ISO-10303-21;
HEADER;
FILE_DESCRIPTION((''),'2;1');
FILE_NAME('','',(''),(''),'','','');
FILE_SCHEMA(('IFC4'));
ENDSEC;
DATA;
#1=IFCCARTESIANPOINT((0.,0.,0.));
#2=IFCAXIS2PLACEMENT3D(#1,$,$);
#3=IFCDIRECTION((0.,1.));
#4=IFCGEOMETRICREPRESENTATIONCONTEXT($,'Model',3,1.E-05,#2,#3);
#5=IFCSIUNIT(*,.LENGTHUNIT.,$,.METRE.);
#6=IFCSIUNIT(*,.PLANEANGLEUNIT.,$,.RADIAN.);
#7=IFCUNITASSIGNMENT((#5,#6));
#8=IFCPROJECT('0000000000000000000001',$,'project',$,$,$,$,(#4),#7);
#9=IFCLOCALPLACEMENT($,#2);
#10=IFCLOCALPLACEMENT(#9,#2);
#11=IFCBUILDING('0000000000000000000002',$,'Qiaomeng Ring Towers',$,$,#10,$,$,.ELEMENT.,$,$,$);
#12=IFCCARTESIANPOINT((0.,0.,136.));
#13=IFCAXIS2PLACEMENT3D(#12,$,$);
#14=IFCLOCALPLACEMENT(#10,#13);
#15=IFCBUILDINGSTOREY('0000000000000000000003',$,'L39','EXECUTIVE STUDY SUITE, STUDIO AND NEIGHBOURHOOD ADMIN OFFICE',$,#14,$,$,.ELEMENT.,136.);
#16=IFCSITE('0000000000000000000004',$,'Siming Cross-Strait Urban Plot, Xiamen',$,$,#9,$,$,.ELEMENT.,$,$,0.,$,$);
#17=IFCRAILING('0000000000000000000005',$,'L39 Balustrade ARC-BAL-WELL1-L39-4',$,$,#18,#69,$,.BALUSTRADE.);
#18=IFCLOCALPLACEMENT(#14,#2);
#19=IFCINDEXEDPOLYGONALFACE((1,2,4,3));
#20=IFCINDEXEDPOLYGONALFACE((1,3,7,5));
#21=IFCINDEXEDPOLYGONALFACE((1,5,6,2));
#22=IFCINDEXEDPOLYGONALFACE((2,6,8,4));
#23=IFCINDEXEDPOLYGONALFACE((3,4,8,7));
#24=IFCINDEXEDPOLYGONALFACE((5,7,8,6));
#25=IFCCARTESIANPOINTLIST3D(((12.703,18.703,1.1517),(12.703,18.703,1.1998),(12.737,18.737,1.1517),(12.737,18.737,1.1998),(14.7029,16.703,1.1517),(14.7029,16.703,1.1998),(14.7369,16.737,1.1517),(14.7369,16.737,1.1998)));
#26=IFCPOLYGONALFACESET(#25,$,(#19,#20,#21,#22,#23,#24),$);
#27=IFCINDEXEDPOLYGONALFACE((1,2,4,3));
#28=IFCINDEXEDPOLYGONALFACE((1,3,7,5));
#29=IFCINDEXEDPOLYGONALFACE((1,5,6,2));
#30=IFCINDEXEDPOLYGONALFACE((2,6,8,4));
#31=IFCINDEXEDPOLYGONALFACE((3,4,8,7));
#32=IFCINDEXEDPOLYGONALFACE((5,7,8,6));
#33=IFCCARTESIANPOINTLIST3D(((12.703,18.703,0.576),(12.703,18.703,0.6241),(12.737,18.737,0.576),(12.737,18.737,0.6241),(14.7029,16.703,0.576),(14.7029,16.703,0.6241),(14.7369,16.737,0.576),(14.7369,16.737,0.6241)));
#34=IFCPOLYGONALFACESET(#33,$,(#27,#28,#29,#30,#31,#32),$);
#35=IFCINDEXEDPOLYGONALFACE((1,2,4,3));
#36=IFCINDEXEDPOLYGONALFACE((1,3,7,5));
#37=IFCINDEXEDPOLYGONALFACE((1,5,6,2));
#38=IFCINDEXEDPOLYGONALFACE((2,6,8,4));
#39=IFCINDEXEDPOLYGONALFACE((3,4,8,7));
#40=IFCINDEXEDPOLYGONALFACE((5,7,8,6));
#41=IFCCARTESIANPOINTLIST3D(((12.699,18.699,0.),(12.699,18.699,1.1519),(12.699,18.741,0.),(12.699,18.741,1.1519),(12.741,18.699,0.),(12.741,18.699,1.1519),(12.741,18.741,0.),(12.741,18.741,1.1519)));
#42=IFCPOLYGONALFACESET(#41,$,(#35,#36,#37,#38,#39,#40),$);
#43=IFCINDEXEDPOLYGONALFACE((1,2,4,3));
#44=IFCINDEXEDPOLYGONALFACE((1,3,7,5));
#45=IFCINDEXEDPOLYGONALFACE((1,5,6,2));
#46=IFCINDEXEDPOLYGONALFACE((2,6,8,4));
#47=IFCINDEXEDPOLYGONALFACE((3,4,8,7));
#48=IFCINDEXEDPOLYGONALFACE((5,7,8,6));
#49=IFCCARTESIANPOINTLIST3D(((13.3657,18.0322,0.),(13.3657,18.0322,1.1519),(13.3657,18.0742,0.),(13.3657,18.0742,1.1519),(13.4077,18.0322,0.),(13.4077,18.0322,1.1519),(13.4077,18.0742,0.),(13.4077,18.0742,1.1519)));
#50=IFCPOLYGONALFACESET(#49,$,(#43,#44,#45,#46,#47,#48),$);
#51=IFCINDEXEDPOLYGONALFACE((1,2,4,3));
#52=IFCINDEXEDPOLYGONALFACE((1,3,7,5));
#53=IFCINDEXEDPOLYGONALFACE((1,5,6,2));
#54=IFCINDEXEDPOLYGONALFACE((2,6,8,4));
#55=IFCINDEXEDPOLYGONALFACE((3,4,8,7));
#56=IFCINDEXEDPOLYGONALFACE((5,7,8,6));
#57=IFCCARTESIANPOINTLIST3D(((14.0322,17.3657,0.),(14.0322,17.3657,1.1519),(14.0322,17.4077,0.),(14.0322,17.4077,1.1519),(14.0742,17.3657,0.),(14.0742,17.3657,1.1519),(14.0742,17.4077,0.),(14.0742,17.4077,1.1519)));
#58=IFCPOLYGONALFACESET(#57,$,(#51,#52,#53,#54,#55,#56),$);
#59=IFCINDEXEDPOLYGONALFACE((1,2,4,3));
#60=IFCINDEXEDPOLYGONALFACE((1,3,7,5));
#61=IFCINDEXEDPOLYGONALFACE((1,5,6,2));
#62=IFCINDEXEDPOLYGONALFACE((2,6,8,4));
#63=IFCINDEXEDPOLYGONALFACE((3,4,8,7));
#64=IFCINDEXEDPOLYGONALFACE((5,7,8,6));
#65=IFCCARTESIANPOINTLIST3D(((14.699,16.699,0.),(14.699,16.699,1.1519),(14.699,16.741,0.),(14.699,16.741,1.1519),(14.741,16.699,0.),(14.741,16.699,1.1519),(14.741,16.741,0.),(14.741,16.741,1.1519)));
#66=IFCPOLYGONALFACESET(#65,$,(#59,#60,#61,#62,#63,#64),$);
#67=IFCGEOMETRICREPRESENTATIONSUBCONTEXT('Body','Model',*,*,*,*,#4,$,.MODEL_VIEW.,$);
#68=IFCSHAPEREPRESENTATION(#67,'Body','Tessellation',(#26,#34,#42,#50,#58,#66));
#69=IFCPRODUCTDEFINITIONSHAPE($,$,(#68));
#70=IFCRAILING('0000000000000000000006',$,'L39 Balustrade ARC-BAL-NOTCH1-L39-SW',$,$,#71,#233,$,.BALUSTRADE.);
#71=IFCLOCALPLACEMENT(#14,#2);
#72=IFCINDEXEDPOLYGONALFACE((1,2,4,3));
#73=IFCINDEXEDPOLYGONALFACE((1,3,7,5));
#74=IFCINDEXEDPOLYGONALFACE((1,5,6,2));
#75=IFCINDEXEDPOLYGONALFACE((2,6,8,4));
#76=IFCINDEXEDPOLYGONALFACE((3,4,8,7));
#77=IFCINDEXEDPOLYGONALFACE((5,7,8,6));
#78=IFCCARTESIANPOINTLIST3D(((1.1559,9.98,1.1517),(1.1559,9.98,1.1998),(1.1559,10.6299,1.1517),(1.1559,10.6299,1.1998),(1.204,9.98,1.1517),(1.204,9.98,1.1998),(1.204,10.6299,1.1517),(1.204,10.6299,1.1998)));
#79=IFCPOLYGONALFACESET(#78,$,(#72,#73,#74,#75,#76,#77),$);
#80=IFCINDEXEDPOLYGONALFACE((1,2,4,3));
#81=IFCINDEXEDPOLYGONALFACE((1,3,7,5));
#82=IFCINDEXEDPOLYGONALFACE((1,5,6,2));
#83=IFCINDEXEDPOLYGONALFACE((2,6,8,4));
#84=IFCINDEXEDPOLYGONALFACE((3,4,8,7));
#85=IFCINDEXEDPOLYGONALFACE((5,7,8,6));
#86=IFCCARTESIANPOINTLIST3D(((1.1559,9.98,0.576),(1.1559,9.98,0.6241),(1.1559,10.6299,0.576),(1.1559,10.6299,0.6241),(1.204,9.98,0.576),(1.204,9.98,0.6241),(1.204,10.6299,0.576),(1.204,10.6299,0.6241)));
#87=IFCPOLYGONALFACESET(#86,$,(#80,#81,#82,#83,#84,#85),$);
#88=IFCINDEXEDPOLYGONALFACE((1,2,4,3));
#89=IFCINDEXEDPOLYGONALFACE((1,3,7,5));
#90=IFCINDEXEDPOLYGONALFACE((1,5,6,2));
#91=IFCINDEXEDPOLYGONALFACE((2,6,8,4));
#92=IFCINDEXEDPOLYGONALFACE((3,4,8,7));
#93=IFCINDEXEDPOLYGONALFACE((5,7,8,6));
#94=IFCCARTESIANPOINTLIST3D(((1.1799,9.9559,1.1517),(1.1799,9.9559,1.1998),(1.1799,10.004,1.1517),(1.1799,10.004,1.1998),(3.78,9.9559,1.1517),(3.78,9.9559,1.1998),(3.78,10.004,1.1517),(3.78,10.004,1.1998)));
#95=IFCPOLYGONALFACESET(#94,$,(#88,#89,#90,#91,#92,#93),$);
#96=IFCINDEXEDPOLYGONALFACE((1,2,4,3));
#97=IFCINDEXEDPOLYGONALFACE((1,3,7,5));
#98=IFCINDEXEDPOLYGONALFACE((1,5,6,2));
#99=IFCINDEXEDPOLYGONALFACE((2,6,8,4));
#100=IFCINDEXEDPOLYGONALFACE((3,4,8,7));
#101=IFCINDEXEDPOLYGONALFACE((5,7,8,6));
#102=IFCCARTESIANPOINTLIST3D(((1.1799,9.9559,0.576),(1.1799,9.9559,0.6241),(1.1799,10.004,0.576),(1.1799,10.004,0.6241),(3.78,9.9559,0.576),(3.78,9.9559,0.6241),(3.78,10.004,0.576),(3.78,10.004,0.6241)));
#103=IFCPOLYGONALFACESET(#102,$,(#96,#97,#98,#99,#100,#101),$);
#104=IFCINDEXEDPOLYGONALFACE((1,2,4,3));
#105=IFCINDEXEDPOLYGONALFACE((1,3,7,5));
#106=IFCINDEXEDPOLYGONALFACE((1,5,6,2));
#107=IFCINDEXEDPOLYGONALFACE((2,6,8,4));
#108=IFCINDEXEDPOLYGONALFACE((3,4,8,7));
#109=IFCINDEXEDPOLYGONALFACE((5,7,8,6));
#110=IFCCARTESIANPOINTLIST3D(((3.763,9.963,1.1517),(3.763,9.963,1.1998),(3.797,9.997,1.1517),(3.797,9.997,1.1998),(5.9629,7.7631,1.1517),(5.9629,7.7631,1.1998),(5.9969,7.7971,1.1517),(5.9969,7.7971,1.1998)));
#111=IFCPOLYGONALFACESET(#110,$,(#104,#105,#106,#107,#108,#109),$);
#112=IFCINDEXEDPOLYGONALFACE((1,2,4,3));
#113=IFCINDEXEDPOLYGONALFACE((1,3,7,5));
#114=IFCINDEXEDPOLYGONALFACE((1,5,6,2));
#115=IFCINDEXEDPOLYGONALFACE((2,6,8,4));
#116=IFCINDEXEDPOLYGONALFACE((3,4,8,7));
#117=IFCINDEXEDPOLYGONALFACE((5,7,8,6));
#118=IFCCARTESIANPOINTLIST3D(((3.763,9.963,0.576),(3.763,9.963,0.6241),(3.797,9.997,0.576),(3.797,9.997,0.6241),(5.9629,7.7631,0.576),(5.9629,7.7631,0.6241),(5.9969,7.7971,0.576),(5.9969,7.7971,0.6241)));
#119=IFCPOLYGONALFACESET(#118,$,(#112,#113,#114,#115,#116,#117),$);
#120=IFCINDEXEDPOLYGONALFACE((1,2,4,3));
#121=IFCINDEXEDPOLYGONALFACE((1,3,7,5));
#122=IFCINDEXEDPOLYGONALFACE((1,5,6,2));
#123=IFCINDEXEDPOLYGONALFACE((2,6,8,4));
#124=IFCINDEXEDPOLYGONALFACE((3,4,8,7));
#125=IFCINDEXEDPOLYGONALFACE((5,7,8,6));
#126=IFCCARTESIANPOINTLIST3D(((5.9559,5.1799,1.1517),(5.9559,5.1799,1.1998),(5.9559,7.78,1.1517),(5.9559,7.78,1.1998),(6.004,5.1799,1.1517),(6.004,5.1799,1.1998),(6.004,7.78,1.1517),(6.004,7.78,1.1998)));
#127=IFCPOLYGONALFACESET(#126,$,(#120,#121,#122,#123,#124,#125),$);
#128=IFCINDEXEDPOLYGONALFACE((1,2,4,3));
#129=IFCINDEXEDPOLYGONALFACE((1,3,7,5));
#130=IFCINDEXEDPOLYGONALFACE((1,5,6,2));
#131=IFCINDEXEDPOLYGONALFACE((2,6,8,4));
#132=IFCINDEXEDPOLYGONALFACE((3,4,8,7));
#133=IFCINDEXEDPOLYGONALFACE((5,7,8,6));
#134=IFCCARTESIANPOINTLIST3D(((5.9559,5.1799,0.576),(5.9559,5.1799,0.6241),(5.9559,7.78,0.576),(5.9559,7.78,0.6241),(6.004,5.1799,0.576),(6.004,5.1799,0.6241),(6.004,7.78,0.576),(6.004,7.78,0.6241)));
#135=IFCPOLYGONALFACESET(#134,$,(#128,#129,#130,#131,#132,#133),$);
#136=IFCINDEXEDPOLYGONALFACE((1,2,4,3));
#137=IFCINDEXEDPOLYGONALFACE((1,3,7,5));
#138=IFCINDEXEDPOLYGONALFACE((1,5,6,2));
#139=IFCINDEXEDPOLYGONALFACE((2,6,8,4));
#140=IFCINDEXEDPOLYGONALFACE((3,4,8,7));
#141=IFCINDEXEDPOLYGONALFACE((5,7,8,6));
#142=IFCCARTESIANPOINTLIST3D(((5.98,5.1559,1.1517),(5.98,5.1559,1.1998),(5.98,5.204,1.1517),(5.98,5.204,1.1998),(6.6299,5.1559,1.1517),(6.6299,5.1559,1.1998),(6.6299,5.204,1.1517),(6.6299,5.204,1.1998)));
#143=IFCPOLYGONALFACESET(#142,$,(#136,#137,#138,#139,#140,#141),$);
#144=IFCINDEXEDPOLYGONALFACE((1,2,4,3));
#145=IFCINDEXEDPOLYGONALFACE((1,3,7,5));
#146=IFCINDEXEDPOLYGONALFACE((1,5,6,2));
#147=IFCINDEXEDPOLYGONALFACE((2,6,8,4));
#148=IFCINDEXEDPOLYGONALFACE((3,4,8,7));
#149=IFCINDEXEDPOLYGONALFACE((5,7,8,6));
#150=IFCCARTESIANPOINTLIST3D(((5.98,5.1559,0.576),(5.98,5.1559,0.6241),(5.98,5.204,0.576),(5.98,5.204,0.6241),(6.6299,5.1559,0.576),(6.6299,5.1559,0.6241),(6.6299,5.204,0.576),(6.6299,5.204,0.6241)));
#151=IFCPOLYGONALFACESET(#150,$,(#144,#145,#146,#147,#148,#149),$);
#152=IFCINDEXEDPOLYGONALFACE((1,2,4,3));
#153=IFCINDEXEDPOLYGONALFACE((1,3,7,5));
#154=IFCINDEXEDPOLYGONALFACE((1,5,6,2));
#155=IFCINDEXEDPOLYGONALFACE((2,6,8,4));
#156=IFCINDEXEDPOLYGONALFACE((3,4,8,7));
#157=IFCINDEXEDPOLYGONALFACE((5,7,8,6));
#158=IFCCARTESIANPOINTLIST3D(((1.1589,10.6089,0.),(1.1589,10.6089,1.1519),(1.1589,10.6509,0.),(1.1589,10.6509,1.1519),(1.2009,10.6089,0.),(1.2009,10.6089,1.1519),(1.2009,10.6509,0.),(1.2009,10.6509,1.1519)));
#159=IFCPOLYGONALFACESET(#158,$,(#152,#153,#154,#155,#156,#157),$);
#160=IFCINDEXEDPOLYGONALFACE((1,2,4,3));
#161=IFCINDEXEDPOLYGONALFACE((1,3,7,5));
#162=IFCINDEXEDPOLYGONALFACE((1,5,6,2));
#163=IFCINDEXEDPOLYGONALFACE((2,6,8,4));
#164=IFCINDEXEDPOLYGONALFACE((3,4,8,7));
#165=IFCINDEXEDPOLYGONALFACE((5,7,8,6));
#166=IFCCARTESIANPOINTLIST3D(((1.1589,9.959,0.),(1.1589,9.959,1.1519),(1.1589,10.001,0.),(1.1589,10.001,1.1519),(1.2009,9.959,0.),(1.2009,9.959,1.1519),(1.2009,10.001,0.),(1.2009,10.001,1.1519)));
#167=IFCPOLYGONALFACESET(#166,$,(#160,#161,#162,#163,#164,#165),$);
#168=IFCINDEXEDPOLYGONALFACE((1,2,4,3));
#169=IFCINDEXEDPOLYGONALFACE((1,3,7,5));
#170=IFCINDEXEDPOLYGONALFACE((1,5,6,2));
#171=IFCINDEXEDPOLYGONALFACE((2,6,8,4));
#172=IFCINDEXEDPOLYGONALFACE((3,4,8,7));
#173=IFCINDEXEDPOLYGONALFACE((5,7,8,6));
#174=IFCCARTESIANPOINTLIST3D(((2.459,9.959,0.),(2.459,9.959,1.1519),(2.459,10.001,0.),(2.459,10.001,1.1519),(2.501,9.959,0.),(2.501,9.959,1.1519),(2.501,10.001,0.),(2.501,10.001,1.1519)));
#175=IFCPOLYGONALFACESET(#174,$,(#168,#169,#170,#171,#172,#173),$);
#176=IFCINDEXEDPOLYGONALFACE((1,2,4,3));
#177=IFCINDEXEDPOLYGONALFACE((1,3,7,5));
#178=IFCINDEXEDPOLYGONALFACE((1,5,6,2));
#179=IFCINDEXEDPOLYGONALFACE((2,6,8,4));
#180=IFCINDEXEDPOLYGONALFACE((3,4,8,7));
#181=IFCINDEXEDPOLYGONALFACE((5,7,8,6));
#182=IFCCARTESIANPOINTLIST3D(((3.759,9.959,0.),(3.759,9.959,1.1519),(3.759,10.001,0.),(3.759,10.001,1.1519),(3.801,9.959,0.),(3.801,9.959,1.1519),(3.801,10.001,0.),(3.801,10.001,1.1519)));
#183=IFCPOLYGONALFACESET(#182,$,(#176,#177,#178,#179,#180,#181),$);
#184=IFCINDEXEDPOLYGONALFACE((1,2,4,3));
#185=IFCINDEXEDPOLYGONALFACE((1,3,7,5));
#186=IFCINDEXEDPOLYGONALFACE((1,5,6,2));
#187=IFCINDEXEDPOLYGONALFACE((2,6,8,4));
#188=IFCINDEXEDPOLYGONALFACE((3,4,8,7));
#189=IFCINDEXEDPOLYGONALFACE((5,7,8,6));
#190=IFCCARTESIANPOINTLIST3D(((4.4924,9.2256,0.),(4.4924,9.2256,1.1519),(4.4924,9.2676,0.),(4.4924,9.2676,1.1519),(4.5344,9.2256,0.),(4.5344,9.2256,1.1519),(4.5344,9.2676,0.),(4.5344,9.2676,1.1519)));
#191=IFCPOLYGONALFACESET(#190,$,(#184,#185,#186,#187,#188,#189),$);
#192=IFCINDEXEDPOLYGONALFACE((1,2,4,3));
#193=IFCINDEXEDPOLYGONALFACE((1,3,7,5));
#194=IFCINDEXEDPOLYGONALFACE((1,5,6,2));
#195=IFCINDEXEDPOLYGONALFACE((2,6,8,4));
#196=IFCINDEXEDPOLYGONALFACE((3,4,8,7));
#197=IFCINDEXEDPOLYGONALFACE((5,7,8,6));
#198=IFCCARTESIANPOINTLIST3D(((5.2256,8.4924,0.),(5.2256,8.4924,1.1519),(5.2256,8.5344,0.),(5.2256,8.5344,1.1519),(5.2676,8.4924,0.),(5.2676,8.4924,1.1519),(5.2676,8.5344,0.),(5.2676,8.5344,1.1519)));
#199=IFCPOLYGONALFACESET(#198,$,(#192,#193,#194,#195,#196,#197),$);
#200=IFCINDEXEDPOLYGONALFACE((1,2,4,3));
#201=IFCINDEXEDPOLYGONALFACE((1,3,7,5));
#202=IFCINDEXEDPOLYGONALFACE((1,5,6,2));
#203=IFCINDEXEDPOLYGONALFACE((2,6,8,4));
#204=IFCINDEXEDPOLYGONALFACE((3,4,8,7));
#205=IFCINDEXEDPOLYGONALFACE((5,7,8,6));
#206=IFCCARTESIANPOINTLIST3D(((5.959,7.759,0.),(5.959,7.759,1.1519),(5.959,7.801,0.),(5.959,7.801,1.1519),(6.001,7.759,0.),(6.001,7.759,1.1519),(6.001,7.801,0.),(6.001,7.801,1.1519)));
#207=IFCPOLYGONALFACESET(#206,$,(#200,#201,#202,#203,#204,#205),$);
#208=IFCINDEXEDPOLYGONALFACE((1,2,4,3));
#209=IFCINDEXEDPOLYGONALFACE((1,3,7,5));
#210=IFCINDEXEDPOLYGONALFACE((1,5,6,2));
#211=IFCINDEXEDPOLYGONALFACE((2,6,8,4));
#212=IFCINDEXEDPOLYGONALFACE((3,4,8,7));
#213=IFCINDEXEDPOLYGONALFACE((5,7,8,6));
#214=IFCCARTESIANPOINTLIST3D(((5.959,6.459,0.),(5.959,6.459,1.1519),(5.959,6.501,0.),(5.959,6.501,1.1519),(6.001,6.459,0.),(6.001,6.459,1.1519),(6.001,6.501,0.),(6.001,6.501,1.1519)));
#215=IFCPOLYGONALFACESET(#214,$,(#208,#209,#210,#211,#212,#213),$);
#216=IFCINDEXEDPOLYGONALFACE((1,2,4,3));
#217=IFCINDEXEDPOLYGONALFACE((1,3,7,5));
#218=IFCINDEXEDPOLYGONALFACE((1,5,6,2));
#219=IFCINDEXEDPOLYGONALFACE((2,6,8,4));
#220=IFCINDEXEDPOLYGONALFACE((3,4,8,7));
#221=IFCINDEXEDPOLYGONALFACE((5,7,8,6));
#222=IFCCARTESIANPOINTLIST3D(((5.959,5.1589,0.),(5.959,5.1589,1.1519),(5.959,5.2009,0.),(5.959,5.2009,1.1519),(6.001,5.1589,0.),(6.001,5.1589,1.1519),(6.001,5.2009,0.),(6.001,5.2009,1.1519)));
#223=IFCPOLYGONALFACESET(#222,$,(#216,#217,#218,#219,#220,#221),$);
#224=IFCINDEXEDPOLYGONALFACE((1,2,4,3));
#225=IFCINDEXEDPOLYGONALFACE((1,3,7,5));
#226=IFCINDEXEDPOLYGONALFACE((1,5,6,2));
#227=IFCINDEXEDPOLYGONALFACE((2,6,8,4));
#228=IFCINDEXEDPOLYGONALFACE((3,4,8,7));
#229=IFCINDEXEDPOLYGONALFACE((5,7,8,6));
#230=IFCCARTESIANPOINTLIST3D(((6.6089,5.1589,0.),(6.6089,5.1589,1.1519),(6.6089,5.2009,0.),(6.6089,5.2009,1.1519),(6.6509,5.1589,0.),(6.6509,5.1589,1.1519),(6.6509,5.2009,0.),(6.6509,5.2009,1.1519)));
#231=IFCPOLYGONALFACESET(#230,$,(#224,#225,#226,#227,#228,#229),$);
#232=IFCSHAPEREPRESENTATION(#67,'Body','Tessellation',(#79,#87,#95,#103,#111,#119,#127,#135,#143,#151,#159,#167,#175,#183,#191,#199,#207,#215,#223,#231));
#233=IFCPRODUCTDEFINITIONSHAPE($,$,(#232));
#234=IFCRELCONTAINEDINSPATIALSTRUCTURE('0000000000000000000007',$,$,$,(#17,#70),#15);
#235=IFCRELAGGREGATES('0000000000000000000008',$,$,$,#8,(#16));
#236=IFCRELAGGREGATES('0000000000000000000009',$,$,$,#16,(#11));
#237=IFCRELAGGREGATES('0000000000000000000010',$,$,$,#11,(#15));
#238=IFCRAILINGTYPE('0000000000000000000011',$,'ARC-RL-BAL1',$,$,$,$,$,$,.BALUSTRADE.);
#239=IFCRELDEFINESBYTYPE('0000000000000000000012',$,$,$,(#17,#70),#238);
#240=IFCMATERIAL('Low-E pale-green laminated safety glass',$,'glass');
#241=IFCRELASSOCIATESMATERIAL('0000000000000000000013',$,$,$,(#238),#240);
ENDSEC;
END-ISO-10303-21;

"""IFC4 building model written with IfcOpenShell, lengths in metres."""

from ifc_helpers import new_model, si_unit, direction, frame, origin, origin_2d, place, context, subcontext, project, spatial, rectangle, extrude, material, type_object, element, save


model = new_model("IFC4")

# Units and contexts
model_context = context("Model", 3, precision=1e-05, world=origin(), true_north=direction((0.0, 1.0)))
body_context = subcontext(model_context, "Body", "Model", "MODEL_VIEW")
ifc_project = project(units=[si_unit("LENGTHUNIT", "METRE"), si_unit("PLANEANGLEUNIT", "RADIAN")], contexts=[model_context])

# Site, building, storey
site_placement = place(None, origin())
site = spatial("IfcSite", under=ifc_project, at=site_placement, Name="Siming Cross-Strait Urban Plot, Xiamen", CompositionType="ELEMENT", RefElevation=0.0)
building_placement = place(site_placement, origin())
building = spatial("IfcBuilding", under=site, at=building_placement, Name="Qiaomeng Ring Towers", CompositionType="ELEMENT")
storey_placement = place(building_placement, frame((0.0, 0.0, 136.0)))
storey = spatial("IfcBuildingStorey", under=building, at=storey_placement, Name="L39", Description="EXECUTIVE STUDY SUITE, STUDIO AND NEIGHBOURHOOD ADMIN OFFICE", CompositionType="ELEMENT", Elevation=136.0)

# Railings
ifc_material_1 = material(Name="Low-E pale-green laminated safety glass", Category="glass")
railing_type_1 = type_object("IfcRailingType", Name="ARC-RL-BAL1", PredefinedType="BALUSTRADE", material=ifc_material_1)
railing_1_placement = place(storey_placement, frame((12.72, 18.72, 0.0)))
element("IfcRailing", 1, at=railing_1_placement, inside=storey, type_object=railing_type_1, Name="L39 Balustrade ARC-BAL-WELL1-L39-4", PredefinedType="BALUSTRADE", context=body_context, shape_type="SweptSolid", body=[
    extrude(rectangle(XDim=0.0481, YDim=0.0481, at=origin_2d()), frame((0.0, 0.0, 1.1758), z_axis=(0.707107, -0.707107, 0.0), x_axis=(0.707107, 0.707107, 0.0)), (0.0, 0.0, 1.0), 2.8284),
    extrude(rectangle(XDim=0.0481, YDim=0.0481, at=origin_2d()), frame((0.0, 0.0, 0.6001), z_axis=(0.707107, -0.707107, 0.0), x_axis=(0.707107, 0.707107, 0.0)), (0.0, 0.0, 1.0), 2.8284),
    extrude(rectangle(XDim=0.042, YDim=0.042, at=origin_2d()), origin(), (0.0, 0.0, 1.0), 1.1519),
    extrude(rectangle(XDim=0.042, YDim=0.042, at=origin_2d()), frame((0.6667, -0.6667, 0.0)), (0.0, 0.0, 1.0), 1.1519),
    extrude(rectangle(XDim=0.042, YDim=0.042, at=origin_2d()), frame((1.3333, -1.3333, 0.0)), (0.0, 0.0, 1.0), 1.1519),
    extrude(rectangle(XDim=0.042, YDim=0.042, at=origin_2d()), frame((2.0, -2.0, 0.0)), (0.0, 0.0, 1.0), 1.1519),
])
railing_2_placement = place(storey_placement, frame((1.1799, 10.6299, 0.0)))
element("IfcRailing", 2, at=railing_2_placement, inside=storey, type_object=railing_type_1, Name="L39 Balustrade ARC-BAL-NOTCH1-L39-SW", PredefinedType="BALUSTRADE", context=body_context, shape_type="SweptSolid", body=[
    extrude(rectangle(XDim=0.0481, YDim=0.0481, at=origin_2d()), frame((0.0, 0.0, 1.1758), z_axis=(0.0, -1.0, 0.0), x_axis=(1.0, 0.0, 0.0)), (0.0, 0.0, 1.0), 0.6499),
    extrude(rectangle(XDim=0.0481, YDim=0.0481, at=origin_2d()), frame((0.0, 0.0, 0.6001), z_axis=(0.0, -1.0, 0.0), x_axis=(1.0, 0.0, 0.0)), (0.0, 0.0, 1.0), 0.6499),
    extrude(rectangle(XDim=0.0481, YDim=0.0481, at=origin_2d()), frame((0.0, -0.6499, 1.1758), z_axis=(1.0, 0.0, 0.0), x_axis=(0.0, 1.0, 0.0)), (0.0, 0.0, 1.0), 2.6001),
    extrude(rectangle(XDim=0.0481, YDim=0.0481, at=origin_2d()), frame((0.0, -0.6499, 0.6001), z_axis=(1.0, 0.0, 0.0), x_axis=(0.0, 1.0, 0.0)), (0.0, 0.0, 1.0), 2.6001),
    extrude(rectangle(XDim=0.0481, YDim=0.0481, at=origin_2d()), frame((2.6001, -0.6499, 1.1758), z_axis=(0.707107, -0.707107, 0.0), x_axis=(0.707107, 0.707107, 0.0)), (0.0, 0.0, 1.0), 3.1111),
    extrude(rectangle(XDim=0.0481, YDim=0.0481, at=origin_2d()), frame((2.6001, -0.6499, 0.6001), z_axis=(0.707107, -0.707107, 0.0), x_axis=(0.707107, 0.707107, 0.0)), (0.0, 0.0, 1.0), 3.1111),
    extrude(rectangle(XDim=0.0481, YDim=0.0481, at=origin_2d()), frame((4.8, -2.8499, 1.1758), z_axis=(0.0, -1.0, 0.0), x_axis=(1.0, 0.0, 0.0)), (0.0, 0.0, 1.0), 2.6001),
    extrude(rectangle(XDim=0.0481, YDim=0.0481, at=origin_2d()), frame((4.8, -2.8499, 0.6001), z_axis=(0.0, -1.0, 0.0), x_axis=(1.0, 0.0, 0.0)), (0.0, 0.0, 1.0), 2.6001),
    extrude(rectangle(XDim=0.0481, YDim=0.0481, at=origin_2d()), frame((4.8, -5.45, 1.1758), z_axis=(1.0, 0.0, 0.0), x_axis=(0.0, 1.0, 0.0)), (0.0, 0.0, 1.0), 0.6499),
    extrude(rectangle(XDim=0.0481, YDim=0.0481, at=origin_2d()), frame((4.8, -5.45, 0.6001), z_axis=(1.0, 0.0, 0.0), x_axis=(0.0, 1.0, 0.0)), (0.0, 0.0, 1.0), 0.6499),
    extrude(rectangle(XDim=0.042, YDim=0.042, at=origin_2d()), origin(), (0.0, 0.0, 1.0), 1.1519),
    extrude(rectangle(XDim=0.042, YDim=0.042, at=origin_2d()), frame((0.0, -0.6499, 0.0)), (0.0, 0.0, 1.0), 1.1519),
    extrude(rectangle(XDim=0.042, YDim=0.042, at=origin_2d()), frame((1.3, -0.6499, 0.0)), (0.0, 0.0, 1.0), 1.1519),
    extrude(rectangle(XDim=0.042, YDim=0.042, at=origin_2d()), frame((2.6001, -0.6499, 0.0)), (0.0, 0.0, 1.0), 1.1519),
    extrude(rectangle(XDim=0.042, YDim=0.042, at=origin_2d()), frame((3.3335, -1.3833, 0.0)), (0.0, 0.0, 1.0), 1.1519),
    extrude(rectangle(XDim=0.042, YDim=0.042, at=origin_2d()), frame((4.0667, -2.1165, 0.0)), (0.0, 0.0, 1.0), 1.1519),
    extrude(rectangle(XDim=0.042, YDim=0.042, at=origin_2d()), frame((4.8, -2.8499, 0.0)), (0.0, 0.0, 1.0), 1.1519),
    extrude(rectangle(XDim=0.042, YDim=0.042, at=origin_2d()), frame((4.8, -4.1499, 0.0)), (0.0, 0.0, 1.0), 1.1519),
    extrude(rectangle(XDim=0.042, YDim=0.042, at=origin_2d()), frame((4.8, -5.45, 0.0)), (0.0, 0.0, 1.0), 1.1519),
    extrude(rectangle(XDim=0.042, YDim=0.042, at=origin_2d()), frame((5.45, -5.45, 0.0)), (0.0, 0.0, 1.0), 1.1519),
])

save(model, "model.ifc")
